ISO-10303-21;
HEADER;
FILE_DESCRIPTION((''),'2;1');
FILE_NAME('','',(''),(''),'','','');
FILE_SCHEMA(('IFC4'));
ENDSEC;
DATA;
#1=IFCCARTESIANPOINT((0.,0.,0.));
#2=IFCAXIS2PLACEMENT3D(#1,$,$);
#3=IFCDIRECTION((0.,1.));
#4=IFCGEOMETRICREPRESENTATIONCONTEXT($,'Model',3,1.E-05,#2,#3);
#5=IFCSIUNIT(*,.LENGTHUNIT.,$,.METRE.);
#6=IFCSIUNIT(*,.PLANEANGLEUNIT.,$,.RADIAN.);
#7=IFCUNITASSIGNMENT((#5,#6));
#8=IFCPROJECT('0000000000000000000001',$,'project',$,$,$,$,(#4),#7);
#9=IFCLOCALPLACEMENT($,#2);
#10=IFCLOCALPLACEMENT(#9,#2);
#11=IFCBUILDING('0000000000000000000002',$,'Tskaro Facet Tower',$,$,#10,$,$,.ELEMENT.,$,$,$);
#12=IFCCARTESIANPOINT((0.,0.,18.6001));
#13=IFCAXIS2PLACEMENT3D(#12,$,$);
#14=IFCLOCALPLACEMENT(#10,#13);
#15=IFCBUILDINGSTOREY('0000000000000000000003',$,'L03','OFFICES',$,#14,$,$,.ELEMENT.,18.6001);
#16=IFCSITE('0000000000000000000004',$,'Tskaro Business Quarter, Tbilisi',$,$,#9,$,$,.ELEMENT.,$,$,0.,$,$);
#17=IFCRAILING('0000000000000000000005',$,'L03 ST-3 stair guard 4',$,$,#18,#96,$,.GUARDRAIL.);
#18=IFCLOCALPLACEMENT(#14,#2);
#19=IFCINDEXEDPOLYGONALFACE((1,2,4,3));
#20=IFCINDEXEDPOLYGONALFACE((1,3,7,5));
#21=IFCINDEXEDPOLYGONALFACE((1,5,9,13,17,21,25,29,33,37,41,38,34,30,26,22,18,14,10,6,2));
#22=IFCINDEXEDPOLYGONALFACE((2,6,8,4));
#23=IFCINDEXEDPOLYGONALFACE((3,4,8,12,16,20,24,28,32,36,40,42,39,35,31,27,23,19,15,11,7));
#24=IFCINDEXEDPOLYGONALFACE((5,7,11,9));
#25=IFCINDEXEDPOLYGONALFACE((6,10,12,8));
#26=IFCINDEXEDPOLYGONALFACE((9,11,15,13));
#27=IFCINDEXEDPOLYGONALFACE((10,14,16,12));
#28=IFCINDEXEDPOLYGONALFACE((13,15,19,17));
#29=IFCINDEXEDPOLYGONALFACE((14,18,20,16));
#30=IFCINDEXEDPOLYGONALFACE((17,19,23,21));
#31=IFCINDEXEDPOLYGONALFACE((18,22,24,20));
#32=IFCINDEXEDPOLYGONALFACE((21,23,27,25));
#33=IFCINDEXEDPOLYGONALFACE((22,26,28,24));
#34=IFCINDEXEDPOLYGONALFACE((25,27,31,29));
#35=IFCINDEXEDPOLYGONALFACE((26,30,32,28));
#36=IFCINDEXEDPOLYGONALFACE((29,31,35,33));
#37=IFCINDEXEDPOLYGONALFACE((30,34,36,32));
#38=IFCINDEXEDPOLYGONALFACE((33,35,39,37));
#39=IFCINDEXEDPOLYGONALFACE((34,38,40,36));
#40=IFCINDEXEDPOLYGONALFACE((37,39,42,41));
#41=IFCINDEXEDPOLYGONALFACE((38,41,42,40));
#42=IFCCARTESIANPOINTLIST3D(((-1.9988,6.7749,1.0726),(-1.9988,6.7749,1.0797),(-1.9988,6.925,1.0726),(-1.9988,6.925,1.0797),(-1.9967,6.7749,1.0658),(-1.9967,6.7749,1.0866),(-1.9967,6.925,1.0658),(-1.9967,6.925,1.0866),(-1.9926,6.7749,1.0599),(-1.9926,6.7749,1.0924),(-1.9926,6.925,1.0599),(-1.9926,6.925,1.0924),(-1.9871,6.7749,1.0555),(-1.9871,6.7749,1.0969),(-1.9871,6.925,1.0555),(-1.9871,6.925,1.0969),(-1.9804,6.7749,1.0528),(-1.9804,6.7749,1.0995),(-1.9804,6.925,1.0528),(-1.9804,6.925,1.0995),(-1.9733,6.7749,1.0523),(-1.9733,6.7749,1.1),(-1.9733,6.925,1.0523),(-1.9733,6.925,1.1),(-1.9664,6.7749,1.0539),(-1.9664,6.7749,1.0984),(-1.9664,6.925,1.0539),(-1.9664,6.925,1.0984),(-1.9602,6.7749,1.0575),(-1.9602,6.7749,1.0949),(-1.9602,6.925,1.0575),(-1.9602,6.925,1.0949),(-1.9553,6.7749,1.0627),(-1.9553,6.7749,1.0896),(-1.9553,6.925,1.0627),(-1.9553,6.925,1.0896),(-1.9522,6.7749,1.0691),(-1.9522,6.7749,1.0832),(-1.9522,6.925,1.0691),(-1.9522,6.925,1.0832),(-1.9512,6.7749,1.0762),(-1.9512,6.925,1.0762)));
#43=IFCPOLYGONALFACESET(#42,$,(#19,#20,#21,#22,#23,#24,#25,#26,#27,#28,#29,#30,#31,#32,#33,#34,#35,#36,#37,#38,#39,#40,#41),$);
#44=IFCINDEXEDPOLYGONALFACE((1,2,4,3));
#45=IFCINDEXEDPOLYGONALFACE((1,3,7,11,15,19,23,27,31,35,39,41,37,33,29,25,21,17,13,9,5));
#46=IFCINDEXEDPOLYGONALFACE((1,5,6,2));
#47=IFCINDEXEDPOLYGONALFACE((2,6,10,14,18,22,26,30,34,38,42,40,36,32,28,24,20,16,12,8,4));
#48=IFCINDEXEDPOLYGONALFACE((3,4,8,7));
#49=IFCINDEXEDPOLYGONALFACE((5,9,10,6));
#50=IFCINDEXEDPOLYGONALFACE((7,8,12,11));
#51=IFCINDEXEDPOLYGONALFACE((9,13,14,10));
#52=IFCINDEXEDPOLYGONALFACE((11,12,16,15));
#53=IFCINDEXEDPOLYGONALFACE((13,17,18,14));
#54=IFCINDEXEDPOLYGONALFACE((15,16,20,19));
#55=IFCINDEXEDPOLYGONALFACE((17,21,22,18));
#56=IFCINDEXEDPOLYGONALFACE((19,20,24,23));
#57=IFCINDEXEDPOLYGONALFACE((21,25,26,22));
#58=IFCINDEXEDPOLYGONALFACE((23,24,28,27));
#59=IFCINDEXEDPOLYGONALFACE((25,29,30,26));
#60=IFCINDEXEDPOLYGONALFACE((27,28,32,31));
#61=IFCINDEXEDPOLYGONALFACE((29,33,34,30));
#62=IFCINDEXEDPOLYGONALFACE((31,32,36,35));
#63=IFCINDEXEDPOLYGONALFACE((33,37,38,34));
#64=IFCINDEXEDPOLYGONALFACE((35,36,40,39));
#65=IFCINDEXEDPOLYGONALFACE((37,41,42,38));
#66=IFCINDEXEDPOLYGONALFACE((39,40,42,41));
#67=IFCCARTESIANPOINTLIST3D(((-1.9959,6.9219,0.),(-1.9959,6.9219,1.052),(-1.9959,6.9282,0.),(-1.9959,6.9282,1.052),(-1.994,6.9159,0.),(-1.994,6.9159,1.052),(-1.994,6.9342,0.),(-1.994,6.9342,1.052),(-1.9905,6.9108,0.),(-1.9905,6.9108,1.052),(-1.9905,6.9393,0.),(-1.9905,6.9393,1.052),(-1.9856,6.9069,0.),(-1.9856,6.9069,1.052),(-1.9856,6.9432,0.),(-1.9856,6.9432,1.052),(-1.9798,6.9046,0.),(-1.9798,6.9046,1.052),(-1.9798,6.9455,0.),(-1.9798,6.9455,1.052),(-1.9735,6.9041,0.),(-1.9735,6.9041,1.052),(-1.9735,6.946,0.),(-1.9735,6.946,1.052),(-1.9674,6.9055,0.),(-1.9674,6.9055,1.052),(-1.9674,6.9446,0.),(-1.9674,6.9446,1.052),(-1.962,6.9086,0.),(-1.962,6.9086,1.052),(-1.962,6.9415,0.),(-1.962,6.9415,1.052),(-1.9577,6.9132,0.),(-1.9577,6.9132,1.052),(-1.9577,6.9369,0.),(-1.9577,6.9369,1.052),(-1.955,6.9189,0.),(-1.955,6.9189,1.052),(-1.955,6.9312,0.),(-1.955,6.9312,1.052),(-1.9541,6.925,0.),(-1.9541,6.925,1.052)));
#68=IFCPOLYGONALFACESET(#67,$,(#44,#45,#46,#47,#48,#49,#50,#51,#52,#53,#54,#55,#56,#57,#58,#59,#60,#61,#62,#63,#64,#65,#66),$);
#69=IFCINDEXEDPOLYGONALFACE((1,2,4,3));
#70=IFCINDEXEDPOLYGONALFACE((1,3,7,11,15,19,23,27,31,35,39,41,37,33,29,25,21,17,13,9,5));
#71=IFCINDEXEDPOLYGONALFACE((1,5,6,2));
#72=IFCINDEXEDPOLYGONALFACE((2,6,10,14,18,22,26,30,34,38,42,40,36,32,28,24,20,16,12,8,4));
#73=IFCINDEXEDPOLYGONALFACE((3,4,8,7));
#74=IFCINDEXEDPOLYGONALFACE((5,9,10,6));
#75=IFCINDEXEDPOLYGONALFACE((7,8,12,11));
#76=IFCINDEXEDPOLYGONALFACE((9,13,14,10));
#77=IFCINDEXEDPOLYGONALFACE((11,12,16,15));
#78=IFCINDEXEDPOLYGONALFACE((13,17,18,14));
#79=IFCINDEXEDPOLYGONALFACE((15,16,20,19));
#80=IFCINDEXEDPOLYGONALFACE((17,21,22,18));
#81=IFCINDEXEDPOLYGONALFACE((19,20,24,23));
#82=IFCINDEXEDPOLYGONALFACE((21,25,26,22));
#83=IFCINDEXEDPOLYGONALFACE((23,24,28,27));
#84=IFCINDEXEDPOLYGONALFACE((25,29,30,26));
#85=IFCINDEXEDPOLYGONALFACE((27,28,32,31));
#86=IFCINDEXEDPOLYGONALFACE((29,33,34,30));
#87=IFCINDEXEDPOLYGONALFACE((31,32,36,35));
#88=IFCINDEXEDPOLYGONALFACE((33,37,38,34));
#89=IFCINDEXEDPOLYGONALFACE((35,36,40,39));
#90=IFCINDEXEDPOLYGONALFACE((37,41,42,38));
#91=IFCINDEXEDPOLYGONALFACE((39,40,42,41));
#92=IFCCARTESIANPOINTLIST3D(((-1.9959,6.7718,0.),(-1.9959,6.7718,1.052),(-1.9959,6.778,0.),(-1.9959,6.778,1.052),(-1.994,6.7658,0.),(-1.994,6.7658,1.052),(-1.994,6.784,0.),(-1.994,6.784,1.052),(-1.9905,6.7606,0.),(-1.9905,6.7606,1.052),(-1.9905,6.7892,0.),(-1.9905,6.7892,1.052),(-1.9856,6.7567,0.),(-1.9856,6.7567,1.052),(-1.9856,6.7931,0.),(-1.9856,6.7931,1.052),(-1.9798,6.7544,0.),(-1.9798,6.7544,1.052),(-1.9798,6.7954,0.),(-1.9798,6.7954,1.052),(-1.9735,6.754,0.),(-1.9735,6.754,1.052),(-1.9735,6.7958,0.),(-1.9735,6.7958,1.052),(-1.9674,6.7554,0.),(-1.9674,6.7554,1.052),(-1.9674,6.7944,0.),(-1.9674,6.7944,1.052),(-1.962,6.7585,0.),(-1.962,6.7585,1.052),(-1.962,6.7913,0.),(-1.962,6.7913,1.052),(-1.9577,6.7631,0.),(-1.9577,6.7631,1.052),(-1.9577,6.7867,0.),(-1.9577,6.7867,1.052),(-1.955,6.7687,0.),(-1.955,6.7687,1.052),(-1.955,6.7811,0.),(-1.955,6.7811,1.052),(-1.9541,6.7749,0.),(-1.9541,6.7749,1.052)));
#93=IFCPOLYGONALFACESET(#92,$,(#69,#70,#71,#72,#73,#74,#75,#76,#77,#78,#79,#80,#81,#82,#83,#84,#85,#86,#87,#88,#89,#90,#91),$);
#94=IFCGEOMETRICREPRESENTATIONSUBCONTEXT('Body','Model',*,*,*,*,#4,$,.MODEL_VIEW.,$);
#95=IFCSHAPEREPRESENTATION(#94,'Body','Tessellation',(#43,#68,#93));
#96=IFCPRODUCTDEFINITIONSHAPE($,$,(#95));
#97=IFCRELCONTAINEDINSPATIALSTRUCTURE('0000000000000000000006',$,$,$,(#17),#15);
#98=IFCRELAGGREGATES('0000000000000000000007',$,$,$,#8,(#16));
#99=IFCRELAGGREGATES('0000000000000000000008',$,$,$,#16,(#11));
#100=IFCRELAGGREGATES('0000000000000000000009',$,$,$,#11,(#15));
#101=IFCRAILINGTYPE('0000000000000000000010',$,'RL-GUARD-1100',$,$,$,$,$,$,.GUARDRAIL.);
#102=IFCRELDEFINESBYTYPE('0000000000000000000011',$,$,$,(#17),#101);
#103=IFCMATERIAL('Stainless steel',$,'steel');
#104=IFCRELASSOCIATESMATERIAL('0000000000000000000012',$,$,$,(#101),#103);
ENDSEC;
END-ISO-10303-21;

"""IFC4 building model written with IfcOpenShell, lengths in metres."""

from ifc_helpers import new_model, si_unit, direction, frame, origin, origin_2d, place, context, subcontext, project, spatial, circle, extrude, material, type_object, element, save


model = new_model("IFC4")

# Units and contexts
model_context = context("Model", 3, precision=1e-05, world=origin(), true_north=direction((0.0, 1.0)))
body_context = subcontext(model_context, "Body", "Model", "MODEL_VIEW")
ifc_project = project(units=[si_unit("LENGTHUNIT", "METRE"), si_unit("PLANEANGLEUNIT", "RADIAN")], contexts=[model_context])

# Site, building, storey
site_placement = place(None, origin())
site = spatial("IfcSite", under=ifc_project, at=site_placement, Name="Tskaro Business Quarter, Tbilisi", CompositionType="ELEMENT", RefElevation=0.0)
building_placement = place(site_placement, origin())
building = spatial("IfcBuilding", under=site, at=building_placement, Name="Tskaro Facet Tower", CompositionType="ELEMENT")
storey_placement = place(building_placement, frame((0.0, 0.0, 18.6001)))
storey = spatial("IfcBuildingStorey", under=building, at=storey_placement, Name="L03", Description="OFFICES", CompositionType="ELEMENT", Elevation=18.6001)

# Railing
ifc_material_1 = material(Name="Stainless steel", Category="steel")
railing_type = type_object("IfcRailingType", Name="RL-GUARD-1100", PredefinedType="GUARDRAIL", material=ifc_material_1)
railing_placement = place(storey_placement, frame((-1.9751, 6.925, 0.0)))
element("IfcRailing", 1, at=railing_placement, inside=storey, type_object=railing_type, Name="L03 ST-3 stair guard 4", PredefinedType="GUARDRAIL", context=body_context, shape_type="SweptSolid", body=[
    extrude(circle(Radius=0.0239, at=origin_2d()), frame((0.0, 0.0, 1.0762), z_axis=(0.0, -1.0, 0.0), x_axis=(1.0, 0.0, 0.0)), (0.0, 0.0, 1.0), 0.1501),
    extrude(circle(Radius=0.021, at=origin_2d()), origin(), (0.0, 0.0, 1.0), 1.052),
    extrude(circle(Radius=0.021, at=origin_2d()), frame((0.0, -0.1501, 0.0)), (0.0, 0.0, 1.0), 1.052),
])

save(model, "model.ifc")
